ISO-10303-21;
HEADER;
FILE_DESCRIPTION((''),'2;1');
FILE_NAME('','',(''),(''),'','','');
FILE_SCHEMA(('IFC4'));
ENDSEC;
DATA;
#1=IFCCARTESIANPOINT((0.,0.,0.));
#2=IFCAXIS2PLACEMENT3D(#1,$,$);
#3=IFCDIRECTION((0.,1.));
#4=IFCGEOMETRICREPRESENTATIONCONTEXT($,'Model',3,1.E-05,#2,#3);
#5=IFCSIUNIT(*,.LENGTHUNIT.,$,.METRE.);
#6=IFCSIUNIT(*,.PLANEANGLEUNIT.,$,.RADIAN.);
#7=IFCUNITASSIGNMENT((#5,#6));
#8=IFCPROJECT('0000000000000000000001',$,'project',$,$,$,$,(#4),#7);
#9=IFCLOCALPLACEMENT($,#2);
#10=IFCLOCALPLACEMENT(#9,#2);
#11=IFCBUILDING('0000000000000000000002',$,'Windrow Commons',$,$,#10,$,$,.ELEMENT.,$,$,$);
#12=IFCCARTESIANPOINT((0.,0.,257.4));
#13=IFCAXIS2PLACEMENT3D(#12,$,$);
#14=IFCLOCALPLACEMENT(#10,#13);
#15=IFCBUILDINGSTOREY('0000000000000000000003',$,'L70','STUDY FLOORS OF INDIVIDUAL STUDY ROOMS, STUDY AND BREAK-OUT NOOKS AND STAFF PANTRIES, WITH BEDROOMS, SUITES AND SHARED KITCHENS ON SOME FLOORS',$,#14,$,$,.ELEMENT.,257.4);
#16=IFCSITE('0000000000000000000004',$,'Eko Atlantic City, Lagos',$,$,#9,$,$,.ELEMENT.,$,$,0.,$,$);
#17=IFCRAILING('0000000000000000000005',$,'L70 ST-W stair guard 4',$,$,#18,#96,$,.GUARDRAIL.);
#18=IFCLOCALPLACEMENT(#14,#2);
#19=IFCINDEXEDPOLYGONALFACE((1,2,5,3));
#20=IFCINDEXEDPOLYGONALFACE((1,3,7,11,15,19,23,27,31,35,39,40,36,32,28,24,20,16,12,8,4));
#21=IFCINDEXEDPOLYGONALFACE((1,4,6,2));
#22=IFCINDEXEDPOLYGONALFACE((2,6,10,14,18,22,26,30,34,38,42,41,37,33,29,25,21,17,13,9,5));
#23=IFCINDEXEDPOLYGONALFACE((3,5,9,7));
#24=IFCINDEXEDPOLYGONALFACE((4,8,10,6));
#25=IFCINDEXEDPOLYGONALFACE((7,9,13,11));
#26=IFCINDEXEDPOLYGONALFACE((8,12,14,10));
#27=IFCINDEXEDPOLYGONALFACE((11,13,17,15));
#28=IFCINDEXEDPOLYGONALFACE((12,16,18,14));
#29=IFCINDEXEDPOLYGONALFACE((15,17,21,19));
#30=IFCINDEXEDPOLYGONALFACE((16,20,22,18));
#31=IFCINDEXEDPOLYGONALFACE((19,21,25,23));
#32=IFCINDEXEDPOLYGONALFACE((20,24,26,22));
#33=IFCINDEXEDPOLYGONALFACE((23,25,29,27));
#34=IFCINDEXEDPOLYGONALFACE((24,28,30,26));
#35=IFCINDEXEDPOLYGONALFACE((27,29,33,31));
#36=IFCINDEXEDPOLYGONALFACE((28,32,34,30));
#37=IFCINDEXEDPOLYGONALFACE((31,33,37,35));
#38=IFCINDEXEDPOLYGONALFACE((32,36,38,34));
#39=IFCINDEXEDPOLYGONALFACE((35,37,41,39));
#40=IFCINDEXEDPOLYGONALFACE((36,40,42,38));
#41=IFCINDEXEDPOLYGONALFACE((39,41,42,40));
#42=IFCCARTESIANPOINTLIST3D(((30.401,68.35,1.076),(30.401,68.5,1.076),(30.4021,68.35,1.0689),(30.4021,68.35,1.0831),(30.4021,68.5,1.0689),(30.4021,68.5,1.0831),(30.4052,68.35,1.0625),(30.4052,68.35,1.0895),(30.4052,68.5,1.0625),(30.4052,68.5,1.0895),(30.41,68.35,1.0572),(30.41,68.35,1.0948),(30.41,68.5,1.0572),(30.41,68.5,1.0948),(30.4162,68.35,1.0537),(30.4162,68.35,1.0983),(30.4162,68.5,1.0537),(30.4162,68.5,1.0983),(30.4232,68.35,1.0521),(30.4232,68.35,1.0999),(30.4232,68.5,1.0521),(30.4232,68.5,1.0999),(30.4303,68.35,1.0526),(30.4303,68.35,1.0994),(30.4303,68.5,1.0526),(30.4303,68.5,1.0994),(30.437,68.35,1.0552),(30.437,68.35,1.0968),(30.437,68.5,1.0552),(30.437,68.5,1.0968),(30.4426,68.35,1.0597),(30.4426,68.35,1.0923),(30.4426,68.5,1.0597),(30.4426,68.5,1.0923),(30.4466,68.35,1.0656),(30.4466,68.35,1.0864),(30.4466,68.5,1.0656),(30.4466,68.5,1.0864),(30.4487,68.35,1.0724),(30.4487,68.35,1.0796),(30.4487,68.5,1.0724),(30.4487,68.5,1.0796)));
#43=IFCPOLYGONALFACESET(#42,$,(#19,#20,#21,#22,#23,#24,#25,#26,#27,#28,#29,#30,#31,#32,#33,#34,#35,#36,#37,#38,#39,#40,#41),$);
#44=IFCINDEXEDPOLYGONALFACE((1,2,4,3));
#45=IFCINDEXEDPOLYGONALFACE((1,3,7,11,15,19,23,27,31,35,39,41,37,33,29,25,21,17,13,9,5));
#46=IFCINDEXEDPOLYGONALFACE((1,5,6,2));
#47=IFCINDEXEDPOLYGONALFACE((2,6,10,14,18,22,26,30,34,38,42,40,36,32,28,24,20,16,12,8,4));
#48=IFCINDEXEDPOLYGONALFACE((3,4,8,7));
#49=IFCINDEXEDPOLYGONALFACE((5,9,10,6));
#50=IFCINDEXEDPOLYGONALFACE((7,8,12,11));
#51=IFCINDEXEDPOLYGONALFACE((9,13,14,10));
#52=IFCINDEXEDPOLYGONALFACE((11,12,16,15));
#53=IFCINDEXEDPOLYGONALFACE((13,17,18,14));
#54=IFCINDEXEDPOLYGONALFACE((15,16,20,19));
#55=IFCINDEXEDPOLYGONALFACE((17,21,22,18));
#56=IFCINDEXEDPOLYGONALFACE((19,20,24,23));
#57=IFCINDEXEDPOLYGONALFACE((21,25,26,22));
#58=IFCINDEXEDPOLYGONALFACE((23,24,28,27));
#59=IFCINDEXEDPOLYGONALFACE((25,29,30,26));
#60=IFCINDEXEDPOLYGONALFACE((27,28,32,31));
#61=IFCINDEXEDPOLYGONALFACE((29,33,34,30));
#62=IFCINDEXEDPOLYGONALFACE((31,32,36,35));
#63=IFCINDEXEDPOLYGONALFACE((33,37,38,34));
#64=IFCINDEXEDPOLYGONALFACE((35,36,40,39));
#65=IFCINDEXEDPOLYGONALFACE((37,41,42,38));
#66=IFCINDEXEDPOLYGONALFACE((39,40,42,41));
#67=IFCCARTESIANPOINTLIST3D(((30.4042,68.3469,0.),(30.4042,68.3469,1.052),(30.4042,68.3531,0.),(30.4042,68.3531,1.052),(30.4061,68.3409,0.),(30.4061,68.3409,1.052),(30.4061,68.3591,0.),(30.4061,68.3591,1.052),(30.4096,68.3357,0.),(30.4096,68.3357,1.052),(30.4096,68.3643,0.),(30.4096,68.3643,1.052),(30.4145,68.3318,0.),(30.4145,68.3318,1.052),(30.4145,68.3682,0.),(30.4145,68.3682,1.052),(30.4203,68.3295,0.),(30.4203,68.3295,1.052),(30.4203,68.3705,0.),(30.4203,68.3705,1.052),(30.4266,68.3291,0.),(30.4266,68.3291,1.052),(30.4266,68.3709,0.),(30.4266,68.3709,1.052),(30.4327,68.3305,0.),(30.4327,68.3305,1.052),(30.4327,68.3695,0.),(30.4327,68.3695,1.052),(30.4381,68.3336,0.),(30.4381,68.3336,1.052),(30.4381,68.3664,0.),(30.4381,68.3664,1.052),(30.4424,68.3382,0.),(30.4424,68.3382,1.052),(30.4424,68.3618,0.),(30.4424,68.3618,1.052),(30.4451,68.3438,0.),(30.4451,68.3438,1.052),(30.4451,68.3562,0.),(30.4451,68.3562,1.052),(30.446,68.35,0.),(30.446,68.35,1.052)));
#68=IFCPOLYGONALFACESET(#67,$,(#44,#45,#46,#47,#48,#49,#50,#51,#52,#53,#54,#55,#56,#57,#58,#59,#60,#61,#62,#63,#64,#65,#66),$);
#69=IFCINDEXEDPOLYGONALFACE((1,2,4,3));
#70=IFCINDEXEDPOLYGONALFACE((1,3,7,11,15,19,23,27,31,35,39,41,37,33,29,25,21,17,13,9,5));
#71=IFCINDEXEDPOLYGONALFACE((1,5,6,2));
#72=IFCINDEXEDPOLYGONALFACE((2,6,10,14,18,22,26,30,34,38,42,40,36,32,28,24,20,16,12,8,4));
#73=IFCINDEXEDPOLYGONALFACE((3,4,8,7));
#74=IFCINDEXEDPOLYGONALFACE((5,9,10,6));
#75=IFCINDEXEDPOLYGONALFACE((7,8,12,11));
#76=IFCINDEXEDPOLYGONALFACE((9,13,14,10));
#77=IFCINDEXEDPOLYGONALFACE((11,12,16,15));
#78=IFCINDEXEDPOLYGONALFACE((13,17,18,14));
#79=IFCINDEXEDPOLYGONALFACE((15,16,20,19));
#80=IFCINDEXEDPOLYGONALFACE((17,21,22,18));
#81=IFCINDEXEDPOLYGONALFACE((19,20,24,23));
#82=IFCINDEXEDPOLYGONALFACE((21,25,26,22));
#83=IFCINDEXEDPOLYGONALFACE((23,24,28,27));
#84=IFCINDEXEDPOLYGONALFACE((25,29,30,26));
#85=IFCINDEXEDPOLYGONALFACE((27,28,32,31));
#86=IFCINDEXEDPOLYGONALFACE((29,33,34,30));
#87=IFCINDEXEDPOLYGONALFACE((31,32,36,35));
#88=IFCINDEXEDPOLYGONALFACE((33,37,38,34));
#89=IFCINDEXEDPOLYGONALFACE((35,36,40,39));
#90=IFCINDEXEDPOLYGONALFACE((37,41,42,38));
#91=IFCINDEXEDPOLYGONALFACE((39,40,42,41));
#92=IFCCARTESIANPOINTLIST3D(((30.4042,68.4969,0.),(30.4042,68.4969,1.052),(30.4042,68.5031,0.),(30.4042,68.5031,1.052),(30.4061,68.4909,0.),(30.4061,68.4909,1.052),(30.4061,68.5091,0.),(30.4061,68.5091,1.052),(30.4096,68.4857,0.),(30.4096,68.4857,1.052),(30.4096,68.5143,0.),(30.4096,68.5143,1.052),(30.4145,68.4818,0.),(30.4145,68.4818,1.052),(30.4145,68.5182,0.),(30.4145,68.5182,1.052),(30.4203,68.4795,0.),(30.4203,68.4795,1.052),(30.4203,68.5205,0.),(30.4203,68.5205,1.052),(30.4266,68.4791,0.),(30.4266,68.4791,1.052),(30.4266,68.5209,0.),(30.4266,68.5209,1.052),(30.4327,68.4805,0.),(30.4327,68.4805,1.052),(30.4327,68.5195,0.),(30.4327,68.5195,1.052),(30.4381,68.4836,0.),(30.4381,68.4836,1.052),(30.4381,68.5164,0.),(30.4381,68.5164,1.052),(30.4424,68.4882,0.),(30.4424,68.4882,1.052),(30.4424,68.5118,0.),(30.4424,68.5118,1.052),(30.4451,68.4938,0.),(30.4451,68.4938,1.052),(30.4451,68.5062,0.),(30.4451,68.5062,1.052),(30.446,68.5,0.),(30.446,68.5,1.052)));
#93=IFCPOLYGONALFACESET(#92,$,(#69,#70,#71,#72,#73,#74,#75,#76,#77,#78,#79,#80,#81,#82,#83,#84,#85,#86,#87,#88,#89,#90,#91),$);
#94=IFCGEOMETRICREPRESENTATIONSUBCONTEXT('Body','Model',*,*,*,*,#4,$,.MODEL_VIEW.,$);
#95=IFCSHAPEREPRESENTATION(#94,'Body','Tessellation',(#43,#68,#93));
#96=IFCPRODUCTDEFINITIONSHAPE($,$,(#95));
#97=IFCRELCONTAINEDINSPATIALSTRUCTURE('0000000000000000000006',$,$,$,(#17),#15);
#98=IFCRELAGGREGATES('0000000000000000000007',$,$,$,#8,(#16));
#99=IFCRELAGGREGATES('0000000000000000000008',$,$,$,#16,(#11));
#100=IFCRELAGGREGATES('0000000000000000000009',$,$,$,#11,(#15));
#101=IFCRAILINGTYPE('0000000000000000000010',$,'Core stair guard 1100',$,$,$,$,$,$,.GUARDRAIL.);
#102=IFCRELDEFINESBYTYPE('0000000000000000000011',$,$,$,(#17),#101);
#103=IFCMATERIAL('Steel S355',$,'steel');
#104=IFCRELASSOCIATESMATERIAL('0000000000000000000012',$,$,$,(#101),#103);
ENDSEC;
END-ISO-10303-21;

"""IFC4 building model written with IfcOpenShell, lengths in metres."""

from ifc_helpers import new_model, si_unit, direction, frame, origin, origin_2d, place, context, subcontext, project, spatial, circle, extrude, material, type_object, element, save


model = new_model("IFC4")

# Units and contexts
model_context = context("Model", 3, precision=1e-05, world=origin(), true_north=direction((0.0, 1.0)))
body_context = subcontext(model_context, "Body", "Model", "MODEL_VIEW")
ifc_project = project(units=[si_unit("LENGTHUNIT", "METRE"), si_unit("PLANEANGLEUNIT", "RADIAN")], contexts=[model_context])

# Site, building, storey
site_placement = place(None, origin())
site = spatial("IfcSite", under=ifc_project, at=site_placement, Name="Eko Atlantic City, Lagos", CompositionType="ELEMENT", RefElevation=0.0)
building_placement = place(site_placement, origin())
building = spatial("IfcBuilding", under=site, at=building_placement, Name="Windrow Commons", CompositionType="ELEMENT")
storey_placement = place(building_placement, frame((0.0, 0.0, 257.4)))
storey = spatial("IfcBuildingStorey", under=building, at=storey_placement, Name="L70", Description="STUDY FLOORS OF INDIVIDUAL STUDY ROOMS, STUDY AND BREAK-OUT NOOKS AND STAFF PANTRIES, WITH BEDROOMS, SUITES AND SHARED KITCHENS ON SOME FLOORS", CompositionType="ELEMENT", Elevation=257.4)

# Railing
ifc_material_1 = material(Name="Steel S355", Category="steel")
railing_type_1 = type_object("IfcRailingType", Name="Core stair guard 1100", PredefinedType="GUARDRAIL", material=ifc_material_1)
railing_1_placement = place(storey_placement, frame((30.425, 68.35, 0.0)))
element("IfcRailing", 1, at=railing_1_placement, inside=storey, type_object=railing_type_1, Name="L70 ST-W stair guard 4", PredefinedType="GUARDRAIL", context=body_context, shape_type="SweptSolid", body=[
    extrude(circle(Radius=0.024, at=origin_2d()), frame((0.0, 0.0, 1.076), z_axis=(0.0, 1.0, 0.0), x_axis=(-1.0, 0.0, 0.0)), (0.0, 0.0, 1.0), 0.15),
    extrude(circle(Radius=0.021, at=origin_2d()), origin(), (0.0, 0.0, 1.0), 1.052),
    extrude(circle(Radius=0.021, at=origin_2d()), frame((0.0, 0.15, 0.0)), (0.0, 0.0, 1.0), 1.052),
])

save(model, "model.ifc")
